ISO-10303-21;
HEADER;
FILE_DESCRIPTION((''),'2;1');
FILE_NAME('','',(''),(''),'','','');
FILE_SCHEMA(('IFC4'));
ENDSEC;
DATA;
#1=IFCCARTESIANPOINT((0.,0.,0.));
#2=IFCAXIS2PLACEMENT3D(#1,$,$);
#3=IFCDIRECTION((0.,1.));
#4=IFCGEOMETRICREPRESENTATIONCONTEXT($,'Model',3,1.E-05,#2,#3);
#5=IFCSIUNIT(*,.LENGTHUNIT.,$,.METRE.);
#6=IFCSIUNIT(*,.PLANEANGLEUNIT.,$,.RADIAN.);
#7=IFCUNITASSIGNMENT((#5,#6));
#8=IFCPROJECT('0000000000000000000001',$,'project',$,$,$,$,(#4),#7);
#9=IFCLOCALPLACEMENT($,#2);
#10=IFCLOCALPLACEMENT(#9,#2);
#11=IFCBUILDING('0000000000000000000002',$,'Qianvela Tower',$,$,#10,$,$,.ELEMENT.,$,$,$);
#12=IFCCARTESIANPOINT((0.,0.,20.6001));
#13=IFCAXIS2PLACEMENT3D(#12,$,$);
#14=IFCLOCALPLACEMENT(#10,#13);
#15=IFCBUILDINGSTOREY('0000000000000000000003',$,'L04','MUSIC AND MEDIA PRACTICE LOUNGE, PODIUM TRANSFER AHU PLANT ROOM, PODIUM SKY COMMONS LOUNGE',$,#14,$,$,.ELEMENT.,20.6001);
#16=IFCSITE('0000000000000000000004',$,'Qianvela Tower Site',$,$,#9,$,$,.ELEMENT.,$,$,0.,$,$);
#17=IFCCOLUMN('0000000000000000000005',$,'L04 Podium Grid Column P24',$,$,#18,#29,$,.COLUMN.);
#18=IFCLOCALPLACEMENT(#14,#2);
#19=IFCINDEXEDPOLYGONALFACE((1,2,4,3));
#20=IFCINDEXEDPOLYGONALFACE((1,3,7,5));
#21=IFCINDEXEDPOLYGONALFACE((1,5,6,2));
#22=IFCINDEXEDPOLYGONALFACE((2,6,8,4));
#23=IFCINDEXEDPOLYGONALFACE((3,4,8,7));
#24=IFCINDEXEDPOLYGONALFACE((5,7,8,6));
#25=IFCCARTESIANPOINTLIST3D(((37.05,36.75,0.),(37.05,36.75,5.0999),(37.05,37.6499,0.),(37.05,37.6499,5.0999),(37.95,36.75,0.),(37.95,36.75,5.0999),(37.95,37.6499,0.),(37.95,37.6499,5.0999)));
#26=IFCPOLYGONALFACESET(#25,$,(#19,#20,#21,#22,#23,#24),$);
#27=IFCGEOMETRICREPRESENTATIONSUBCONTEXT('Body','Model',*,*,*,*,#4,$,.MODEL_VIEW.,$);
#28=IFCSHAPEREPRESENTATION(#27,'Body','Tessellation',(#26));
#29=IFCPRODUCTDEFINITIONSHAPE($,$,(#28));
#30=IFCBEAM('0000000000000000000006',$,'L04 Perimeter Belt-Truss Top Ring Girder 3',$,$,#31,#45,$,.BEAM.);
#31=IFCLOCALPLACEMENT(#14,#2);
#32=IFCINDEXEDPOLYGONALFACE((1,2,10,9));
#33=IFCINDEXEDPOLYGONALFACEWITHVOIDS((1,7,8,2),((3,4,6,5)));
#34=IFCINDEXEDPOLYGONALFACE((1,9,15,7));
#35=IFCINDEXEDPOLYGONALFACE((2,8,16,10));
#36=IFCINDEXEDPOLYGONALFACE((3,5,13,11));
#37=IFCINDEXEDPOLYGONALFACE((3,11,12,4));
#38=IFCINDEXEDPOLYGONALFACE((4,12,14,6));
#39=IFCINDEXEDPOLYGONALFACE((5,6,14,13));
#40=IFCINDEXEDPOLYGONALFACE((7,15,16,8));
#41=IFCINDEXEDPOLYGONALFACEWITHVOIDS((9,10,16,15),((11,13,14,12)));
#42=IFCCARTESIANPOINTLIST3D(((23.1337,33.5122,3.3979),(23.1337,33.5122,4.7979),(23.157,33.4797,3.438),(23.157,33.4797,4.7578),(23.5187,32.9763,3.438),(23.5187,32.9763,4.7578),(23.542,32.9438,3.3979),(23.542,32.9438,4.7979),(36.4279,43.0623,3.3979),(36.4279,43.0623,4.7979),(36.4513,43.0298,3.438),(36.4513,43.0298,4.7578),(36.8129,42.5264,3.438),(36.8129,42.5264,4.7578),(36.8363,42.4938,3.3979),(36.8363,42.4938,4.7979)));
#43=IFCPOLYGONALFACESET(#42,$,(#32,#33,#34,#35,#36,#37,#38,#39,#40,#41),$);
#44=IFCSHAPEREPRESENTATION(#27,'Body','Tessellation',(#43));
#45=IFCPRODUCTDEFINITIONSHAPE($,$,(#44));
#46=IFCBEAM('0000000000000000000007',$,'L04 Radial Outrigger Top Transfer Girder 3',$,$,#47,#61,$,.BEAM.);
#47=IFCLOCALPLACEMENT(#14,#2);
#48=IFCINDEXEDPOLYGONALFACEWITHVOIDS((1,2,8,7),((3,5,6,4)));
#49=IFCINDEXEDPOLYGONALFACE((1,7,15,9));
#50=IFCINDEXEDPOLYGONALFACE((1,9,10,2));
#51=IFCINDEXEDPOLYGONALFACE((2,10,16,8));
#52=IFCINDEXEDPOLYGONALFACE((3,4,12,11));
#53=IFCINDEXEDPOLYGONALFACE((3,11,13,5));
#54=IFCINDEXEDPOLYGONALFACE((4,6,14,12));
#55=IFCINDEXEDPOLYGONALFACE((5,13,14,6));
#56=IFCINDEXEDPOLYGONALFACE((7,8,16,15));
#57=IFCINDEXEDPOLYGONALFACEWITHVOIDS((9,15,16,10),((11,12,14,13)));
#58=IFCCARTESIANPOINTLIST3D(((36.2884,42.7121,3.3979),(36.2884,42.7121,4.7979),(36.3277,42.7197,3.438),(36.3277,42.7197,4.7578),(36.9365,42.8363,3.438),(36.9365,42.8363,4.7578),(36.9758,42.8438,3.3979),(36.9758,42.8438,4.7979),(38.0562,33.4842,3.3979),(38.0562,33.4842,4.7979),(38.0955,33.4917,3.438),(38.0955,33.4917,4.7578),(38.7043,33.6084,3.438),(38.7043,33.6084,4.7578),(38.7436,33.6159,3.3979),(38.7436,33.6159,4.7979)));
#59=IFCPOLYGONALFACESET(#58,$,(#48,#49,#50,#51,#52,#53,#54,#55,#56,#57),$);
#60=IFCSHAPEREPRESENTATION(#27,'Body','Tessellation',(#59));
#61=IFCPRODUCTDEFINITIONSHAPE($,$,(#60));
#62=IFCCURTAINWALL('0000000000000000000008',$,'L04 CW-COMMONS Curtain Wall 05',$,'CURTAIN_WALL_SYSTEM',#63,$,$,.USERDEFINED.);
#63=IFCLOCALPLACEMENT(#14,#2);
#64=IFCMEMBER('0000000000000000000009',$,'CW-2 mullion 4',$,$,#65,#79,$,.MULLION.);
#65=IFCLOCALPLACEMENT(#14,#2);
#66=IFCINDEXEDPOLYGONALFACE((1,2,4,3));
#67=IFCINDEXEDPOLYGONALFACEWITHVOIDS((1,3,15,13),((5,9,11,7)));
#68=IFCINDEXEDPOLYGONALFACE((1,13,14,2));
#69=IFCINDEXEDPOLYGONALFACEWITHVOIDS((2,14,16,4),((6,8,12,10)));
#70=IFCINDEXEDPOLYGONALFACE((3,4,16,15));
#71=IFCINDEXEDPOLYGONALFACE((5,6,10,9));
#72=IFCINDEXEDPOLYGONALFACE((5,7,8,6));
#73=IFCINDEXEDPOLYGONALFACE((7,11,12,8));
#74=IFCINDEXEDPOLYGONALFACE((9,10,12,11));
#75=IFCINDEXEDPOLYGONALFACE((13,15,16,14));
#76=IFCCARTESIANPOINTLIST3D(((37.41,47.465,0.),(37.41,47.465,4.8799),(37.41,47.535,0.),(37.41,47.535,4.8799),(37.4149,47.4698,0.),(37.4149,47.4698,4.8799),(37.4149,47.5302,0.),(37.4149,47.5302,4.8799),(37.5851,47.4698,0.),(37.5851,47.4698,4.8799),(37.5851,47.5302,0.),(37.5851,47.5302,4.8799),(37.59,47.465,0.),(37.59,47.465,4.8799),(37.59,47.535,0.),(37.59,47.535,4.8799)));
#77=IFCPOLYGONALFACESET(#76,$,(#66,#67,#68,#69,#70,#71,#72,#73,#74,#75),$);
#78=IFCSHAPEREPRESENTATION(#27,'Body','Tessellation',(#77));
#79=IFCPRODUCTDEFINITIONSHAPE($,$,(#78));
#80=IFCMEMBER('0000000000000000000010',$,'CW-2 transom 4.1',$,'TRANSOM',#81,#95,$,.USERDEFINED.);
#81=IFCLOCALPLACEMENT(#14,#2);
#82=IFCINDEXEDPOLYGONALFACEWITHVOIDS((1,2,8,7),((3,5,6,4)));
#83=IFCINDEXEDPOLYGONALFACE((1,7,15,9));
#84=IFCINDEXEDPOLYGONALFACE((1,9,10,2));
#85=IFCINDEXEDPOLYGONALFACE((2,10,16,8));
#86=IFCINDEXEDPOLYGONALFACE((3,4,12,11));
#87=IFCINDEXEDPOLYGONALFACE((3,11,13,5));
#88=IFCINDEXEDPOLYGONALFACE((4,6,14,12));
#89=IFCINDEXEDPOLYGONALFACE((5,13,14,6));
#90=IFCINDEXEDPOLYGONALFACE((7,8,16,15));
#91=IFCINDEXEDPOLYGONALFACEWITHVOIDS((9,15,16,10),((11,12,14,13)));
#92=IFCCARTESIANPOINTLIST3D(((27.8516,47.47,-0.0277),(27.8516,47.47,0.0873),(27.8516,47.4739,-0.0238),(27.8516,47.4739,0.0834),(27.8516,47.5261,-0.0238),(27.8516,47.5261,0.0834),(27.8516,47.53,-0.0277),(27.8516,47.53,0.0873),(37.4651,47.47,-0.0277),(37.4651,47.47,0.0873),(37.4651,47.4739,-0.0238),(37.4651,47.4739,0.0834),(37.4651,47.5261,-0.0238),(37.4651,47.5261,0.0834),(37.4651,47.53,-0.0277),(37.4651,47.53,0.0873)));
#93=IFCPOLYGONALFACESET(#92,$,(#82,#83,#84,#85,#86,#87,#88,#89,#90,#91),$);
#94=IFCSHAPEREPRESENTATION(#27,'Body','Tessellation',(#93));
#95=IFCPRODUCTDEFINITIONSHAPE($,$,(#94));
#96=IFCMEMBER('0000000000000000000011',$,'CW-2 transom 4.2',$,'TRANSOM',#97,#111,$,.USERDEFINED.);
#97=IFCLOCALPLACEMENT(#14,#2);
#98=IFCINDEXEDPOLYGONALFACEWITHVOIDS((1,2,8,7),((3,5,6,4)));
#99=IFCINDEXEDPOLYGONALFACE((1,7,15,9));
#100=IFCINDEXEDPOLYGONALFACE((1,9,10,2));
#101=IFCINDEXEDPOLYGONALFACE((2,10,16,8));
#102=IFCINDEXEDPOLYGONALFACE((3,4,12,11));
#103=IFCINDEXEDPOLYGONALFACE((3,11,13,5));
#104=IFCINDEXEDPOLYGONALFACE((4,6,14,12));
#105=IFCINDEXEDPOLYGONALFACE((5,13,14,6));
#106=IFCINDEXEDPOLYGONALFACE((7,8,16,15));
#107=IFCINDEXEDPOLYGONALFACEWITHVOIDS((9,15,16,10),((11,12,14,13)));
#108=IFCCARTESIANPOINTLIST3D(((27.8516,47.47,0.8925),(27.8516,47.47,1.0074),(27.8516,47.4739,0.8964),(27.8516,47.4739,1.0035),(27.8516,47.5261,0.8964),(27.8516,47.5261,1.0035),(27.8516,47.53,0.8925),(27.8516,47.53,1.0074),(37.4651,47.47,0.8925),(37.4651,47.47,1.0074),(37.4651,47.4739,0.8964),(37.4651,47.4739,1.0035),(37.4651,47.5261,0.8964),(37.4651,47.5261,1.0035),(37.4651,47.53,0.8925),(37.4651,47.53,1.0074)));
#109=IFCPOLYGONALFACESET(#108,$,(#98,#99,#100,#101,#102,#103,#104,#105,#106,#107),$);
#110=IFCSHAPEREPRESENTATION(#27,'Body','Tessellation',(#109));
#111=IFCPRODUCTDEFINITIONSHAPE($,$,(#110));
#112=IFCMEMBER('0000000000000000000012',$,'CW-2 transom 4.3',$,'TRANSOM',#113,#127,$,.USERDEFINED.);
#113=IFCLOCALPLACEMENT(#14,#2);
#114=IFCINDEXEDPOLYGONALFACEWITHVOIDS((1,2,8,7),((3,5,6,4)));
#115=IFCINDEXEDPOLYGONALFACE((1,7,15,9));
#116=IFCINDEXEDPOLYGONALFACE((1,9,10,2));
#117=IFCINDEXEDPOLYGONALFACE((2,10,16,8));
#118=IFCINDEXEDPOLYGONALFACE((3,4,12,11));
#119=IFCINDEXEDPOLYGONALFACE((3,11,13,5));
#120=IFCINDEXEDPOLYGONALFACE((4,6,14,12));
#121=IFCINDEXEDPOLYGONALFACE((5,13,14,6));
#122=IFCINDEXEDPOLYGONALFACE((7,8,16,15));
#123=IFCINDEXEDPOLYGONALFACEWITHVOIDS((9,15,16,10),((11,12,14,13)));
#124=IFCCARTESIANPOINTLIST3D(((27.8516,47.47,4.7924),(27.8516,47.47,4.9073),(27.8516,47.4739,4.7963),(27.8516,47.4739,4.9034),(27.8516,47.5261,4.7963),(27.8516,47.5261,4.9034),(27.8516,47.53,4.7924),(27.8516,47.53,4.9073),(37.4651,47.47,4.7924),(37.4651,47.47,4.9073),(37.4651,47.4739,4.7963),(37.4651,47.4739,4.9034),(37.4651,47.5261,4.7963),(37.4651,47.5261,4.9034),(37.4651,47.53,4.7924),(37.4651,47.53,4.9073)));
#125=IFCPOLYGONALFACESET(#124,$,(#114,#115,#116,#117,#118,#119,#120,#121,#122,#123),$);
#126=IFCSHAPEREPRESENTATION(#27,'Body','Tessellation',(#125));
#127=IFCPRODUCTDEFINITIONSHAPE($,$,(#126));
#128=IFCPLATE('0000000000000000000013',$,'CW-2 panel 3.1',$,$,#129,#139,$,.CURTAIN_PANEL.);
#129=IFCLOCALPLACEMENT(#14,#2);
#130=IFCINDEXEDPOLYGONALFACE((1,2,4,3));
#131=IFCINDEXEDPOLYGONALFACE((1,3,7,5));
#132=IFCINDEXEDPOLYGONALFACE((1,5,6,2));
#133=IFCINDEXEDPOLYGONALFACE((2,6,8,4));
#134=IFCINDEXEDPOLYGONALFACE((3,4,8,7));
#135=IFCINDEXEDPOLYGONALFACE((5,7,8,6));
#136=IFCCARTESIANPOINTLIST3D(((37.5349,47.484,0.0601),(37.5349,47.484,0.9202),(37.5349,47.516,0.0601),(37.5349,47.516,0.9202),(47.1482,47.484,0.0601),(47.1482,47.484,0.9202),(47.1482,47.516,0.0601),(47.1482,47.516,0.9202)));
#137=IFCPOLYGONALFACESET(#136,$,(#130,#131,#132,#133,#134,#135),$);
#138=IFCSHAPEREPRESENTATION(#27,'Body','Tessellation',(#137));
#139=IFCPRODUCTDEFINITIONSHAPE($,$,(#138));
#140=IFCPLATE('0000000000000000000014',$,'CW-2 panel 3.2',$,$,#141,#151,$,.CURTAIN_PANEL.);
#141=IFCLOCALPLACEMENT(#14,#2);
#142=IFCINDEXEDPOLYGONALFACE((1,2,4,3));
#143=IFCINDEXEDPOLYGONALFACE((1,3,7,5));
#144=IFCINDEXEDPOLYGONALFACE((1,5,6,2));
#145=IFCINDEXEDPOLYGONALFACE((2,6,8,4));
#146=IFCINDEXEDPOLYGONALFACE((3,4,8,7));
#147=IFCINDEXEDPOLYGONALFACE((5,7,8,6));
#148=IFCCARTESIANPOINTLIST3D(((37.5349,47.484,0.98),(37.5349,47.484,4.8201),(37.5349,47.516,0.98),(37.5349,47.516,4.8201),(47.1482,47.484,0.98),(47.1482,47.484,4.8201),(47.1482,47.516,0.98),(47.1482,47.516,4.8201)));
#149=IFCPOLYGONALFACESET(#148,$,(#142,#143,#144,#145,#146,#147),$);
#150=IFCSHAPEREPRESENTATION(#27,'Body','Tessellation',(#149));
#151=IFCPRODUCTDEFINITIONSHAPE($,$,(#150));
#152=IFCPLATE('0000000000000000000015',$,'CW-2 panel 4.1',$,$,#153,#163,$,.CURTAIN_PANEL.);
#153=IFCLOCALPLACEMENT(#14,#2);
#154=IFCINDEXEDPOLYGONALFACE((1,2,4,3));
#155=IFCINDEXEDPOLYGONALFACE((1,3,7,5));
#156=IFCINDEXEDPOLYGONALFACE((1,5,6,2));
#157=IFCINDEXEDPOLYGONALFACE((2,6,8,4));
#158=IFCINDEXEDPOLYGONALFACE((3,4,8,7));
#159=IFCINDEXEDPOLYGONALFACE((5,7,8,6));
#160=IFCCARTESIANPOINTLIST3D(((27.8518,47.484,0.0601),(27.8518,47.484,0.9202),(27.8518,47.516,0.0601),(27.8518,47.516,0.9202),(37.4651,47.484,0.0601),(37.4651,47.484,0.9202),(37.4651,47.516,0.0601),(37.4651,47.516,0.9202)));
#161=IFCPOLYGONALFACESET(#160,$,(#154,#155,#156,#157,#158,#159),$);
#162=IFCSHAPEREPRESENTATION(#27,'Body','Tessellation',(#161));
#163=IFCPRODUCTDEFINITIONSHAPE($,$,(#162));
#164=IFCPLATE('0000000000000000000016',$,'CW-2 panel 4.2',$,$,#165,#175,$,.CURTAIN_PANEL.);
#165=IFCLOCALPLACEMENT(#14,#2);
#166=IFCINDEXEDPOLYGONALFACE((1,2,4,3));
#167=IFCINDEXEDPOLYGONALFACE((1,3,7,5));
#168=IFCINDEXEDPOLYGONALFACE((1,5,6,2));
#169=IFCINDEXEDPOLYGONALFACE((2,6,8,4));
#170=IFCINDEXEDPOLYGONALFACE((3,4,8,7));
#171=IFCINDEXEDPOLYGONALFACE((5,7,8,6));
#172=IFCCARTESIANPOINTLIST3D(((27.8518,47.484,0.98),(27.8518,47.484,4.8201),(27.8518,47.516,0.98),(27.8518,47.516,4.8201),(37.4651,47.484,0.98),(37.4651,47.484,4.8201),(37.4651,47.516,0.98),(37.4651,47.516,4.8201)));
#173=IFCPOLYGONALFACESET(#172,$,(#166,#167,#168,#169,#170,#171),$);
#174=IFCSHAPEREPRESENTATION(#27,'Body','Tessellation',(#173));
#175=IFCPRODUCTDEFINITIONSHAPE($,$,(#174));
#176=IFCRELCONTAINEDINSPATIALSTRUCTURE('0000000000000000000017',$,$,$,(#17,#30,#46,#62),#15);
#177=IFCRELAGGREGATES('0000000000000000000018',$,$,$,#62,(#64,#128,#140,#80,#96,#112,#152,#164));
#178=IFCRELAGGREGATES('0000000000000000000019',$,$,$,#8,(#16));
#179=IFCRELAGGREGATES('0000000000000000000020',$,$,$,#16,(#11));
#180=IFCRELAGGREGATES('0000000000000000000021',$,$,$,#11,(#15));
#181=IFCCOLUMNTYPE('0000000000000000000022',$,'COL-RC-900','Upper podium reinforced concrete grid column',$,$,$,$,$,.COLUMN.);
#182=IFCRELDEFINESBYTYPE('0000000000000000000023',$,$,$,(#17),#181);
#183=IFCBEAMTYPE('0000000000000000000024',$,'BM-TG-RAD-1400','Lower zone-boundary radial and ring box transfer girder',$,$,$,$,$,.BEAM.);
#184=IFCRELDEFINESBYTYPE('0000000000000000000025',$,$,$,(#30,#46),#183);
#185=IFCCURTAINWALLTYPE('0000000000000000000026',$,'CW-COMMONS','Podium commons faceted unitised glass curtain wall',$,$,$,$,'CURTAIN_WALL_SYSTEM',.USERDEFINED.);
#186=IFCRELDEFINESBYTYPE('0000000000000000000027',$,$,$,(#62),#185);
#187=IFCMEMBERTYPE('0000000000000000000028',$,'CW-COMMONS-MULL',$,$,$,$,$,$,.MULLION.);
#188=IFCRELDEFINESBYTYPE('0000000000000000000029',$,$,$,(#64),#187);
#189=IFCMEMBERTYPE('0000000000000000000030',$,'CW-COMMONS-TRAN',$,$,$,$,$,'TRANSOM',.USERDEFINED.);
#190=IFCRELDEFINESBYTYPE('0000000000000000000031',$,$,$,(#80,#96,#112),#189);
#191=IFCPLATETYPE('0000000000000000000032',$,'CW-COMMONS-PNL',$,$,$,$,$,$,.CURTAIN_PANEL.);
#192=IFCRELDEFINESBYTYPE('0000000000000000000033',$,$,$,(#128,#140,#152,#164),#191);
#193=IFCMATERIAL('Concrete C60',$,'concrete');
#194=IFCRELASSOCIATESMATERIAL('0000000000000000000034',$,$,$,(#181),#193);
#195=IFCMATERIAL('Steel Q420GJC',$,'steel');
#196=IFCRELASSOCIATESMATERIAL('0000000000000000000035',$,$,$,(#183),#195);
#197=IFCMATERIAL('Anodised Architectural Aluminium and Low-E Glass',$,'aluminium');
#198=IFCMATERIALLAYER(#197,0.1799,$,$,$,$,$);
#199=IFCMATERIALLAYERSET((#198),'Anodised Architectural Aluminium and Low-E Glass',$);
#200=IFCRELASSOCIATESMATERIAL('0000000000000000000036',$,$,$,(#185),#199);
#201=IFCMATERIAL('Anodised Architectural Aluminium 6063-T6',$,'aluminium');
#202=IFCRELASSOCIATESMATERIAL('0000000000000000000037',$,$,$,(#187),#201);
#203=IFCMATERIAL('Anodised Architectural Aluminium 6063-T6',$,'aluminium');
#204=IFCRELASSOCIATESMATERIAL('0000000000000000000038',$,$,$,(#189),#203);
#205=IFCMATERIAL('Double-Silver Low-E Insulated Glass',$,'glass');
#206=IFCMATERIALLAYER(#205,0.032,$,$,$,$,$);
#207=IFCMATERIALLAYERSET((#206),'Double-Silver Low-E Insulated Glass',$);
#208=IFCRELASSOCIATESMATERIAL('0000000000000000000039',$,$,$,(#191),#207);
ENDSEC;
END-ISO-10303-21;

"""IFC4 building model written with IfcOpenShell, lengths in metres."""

from ifc_helpers import new_model, si_unit, direction, frame, origin, origin_2d, place, context, subcontext, project, spatial, rectangle, hollow_rectangle, extrude, material, layer, layer_set, material_profile, profile_set, type_object, element, aggregate, save


model = new_model("IFC4")

# Units and contexts
model_context = context("Model", 3, precision=1e-05, world=origin(), true_north=direction((0.0, 1.0)))
body_context = subcontext(model_context, "Body", "Model", "MODEL_VIEW")
ifc_project = project(units=[si_unit("LENGTHUNIT", "METRE"), si_unit("PLANEANGLEUNIT", "RADIAN")], contexts=[model_context])

# Site, building, storey
site_placement = place(None, origin())
site = spatial("IfcSite", under=ifc_project, at=site_placement, Name="Qianvela Tower Site", CompositionType="ELEMENT", RefElevation=0.0)
building_placement = place(site_placement, origin())
building = spatial("IfcBuilding", under=site, at=building_placement, Name="Qianvela Tower", CompositionType="ELEMENT")
storey_placement = place(building_placement, frame((0.0, 0.0, 20.6001)))
storey = spatial("IfcBuildingStorey", under=building, at=storey_placement, Name="L04", Description="MUSIC AND MEDIA PRACTICE LOUNGE, PODIUM TRANSFER AHU PLANT ROOM, PODIUM SKY COMMONS LOUNGE", CompositionType="ELEMENT", Elevation=20.6001)

# Column
ifc_material_1 = material(Name="Concrete C60", Category="concrete")
ifc_material_profile_1 = material_profile(ifc_material_1, rectangle(XDim=0.8999, YDim=0.8999, at=origin_2d()), Name="RC-COL-900x900")
ifc_profile_set_1 = profile_set([ifc_material_profile_1], Name="Concrete C60")
column_type_1 = type_object("IfcColumnType", Name="COL-RC-900", Description="Upper podium reinforced concrete grid column", PredefinedType="COLUMN", material=ifc_profile_set_1)
for number, where, z_axis, x_axis, name in (
    (1, (37.5, 37.2, 0.0), (0.0, 0.0, 1.0), (1.0, 0.0, 0.0), "L04 Podium Grid Column P24"),
):
    element("IfcColumn", number, at=place(storey_placement, frame(where, z_axis=z_axis, x_axis=x_axis)), inside=storey, type_object=column_type_1, Name=name, PredefinedType="COLUMN", context=body_context, shape_type="SweptSolid", body=[
        extrude(rectangle(XDim=0.8999, YDim=0.8999, at=origin_2d()), origin(), (0.0, 0.0, 1.0), 5.0999),
    ])

# Beams
ifc_material_2 = material(Name="Steel Q420GJC", Category="steel")
ifc_material_profile_2 = material_profile(ifc_material_2, hollow_rectangle(XDim=0.7, YDim=1.3999, WallThickness=0.04, at=origin_2d()), Name="TG-BOX-1400x700x40")
ifc_profile_set_2 = profile_set([ifc_material_profile_2], Name="Steel Q420GJC")
beam_type = type_object("IfcBeamType", Name="BM-TG-RAD-1400", Description="Lower zone-boundary radial and ring box transfer girder", PredefinedType="BEAM", material=ifc_profile_set_2)
beam_1_placement = place(storey_placement, frame((36.6321, 42.7781, 4.0979), z_axis=(-0.812164, -0.583429, 0.0), x_axis=(0.583429, -0.812164, 0.0)))
element("IfcBeam", 2, at=beam_1_placement, inside=storey, type_object=beam_type, Name="L04 Perimeter Belt-Truss Top Ring Girder 3", PredefinedType="BEAM", context=body_context, shape_type="SweptSolid", body=[
    extrude(hollow_rectangle(XDim=0.7, YDim=1.3999, WallThickness=0.04, at=origin_2d()), origin(), (0.0, 0.0, 1.0), 16.3689),
])
beam_2_placement = place(storey_placement, frame((38.3999, 33.55, 4.0979), z_axis=(-0.18815, 0.98214, 0.0), x_axis=(-0.98214, -0.18815, 0.0)))
element("IfcBeam", 3, at=beam_2_placement, inside=storey, type_object=beam_type, Name="L04 Radial Outrigger Top Transfer Girder 3", PredefinedType="BEAM", context=body_context, shape_type="SweptSolid", body=[
    extrude(hollow_rectangle(XDim=0.7, YDim=1.3999, WallThickness=0.04, at=origin_2d()), origin(), (0.0, 0.0, 1.0), 9.3958),
])

# Curtain wall, members, plates
ifc_material_3 = material(Name="Anodised Architectural Aluminium and Low-E Glass", Category="aluminium")
ifc_layer_1 = layer(ifc_material_3, 0.1799)
ifc_layer_set_1 = layer_set([ifc_layer_1], Name="Anodised Architectural Aluminium and Low-E Glass")
curtain_wall_type = type_object("IfcCurtainWallType", Name="CW-COMMONS", Description="Podium commons faceted unitised glass curtain wall", ElementType="CURTAIN_WALL_SYSTEM", PredefinedType="USERDEFINED", material=ifc_layer_set_1)
curtain_wall_placement = place(storey_placement, origin())
curtain_wall = element("IfcCurtainWall", 4, at=curtain_wall_placement, inside=storey, type_object=curtain_wall_type, Name="L04 CW-COMMONS Curtain Wall 05", ObjectType="CURTAIN_WALL_SYSTEM", PredefinedType="USERDEFINED")
ifc_material_4 = material(Name="Anodised Architectural Aluminium 6063-T6", Category="aluminium")
ifc_material_profile_3 = material_profile(ifc_material_4, hollow_rectangle(XDim=0.0701, YDim=0.1799, WallThickness=0.0049, at=origin_2d()), Name="ALU-MULL-70x180")
ifc_profile_set_3 = profile_set([ifc_material_profile_3], Name="Anodised Architectural Aluminium 6063-T6")
member_type_1 = type_object("IfcMemberType", Name="CW-COMMONS-MULL", PredefinedType="MULLION", material=ifc_profile_set_3)
member_1_placement = place(storey_placement, frame((37.5, 47.5, 0.0), z_axis=(0.0, 0.0, 1.0), x_axis=(0.0, -1.0, 0.0)))
member_1 = element("IfcMember", 5, at=member_1_placement, type_object=member_type_1, Name="CW-2 mullion 4", PredefinedType="MULLION", context=body_context, shape_type="SweptSolid", body=[
    extrude(hollow_rectangle(XDim=0.0701, YDim=0.1799, WallThickness=0.0049, at=origin_2d()), origin(), (0.0, 0.0, 1.0), 4.8799),
])
ifc_material_5 = material(Name="Anodised Architectural Aluminium 6063-T6", Category="aluminium")
ifc_material_profile_4 = material_profile(ifc_material_5, hollow_rectangle(XDim=0.0601, YDim=0.115, WallThickness=0.0039, at=origin_2d()), Name="ALU-TRAN-60x115")
ifc_profile_set_4 = profile_set([ifc_material_profile_4], Name="Anodised Architectural Aluminium 6063-T6")
member_type_2 = type_object("IfcMemberType", Name="CW-COMMONS-TRAN", ElementType="TRANSOM", PredefinedType="USERDEFINED", material=ifc_profile_set_4)
member_2_placement = place(storey_placement, frame((37.4651, 47.5, 0.0298), z_axis=(-1.0, 0.0, 0.0), x_axis=(0.0, -1.0, 0.0)))
member_2 = element("IfcMember", 6, at=member_2_placement, type_object=member_type_2, Name="CW-2 transom 4.1", ObjectType="TRANSOM", PredefinedType="USERDEFINED", context=body_context, shape_type="SweptSolid", body=[
    extrude(hollow_rectangle(XDim=0.0601, YDim=0.115, WallThickness=0.0039, at=origin_2d()), origin(), (0.0, 0.0, 1.0), 9.6135),
])
member_3_placement = place(storey_placement, frame((37.4651, 47.5, 0.95), z_axis=(-1.0, 0.0, 0.0), x_axis=(0.0, -1.0, 0.0)))
member_3 = element("IfcMember", 7, at=member_3_placement, type_object=member_type_2, Name="CW-2 transom 4.2", ObjectType="TRANSOM", PredefinedType="USERDEFINED", context=body_context, shape_type="SweptSolid", body=[
    extrude(hollow_rectangle(XDim=0.0601, YDim=0.115, WallThickness=0.0039, at=origin_2d()), origin(), (0.0, 0.0, 1.0), 9.6135),
])
member_4_placement = place(storey_placement, frame((37.4651, 47.5, 4.8499), z_axis=(-1.0, 0.0, 0.0), x_axis=(0.0, -1.0, 0.0)))
member_4 = element("IfcMember", 8, at=member_4_placement, type_object=member_type_2, Name="CW-2 transom 4.3", ObjectType="TRANSOM", PredefinedType="USERDEFINED", context=body_context, shape_type="SweptSolid", body=[
    extrude(hollow_rectangle(XDim=0.0601, YDim=0.115, WallThickness=0.0039, at=origin_2d()), origin(), (0.0, 0.0, 1.0), 9.6135),
])
ifc_material_6 = material(Name="Double-Silver Low-E Insulated Glass", Category="glass")
ifc_layer_2 = layer(ifc_material_6, 0.032)
ifc_layer_set_2 = layer_set([ifc_layer_2], Name="Double-Silver Low-E Insulated Glass")
plate_type_1 = type_object("IfcPlateType", Name="CW-COMMONS-PNL", PredefinedType="CURTAIN_PANEL", material=ifc_layer_set_2)
plate_1_placement = place(storey_placement, frame((42.3416, 47.5, 0.0601), z_axis=(0.0, 0.0, 1.0), x_axis=(-1.0, 0.0, 0.0)))
plate_1 = element("IfcPlate", 9, at=plate_1_placement, type_object=plate_type_1, Name="CW-2 panel 3.1", PredefinedType="CURTAIN_PANEL", context=body_context, shape_type="SweptSolid", body=[
    extrude(rectangle(XDim=9.6133, YDim=0.032, at=origin_2d()), origin(), (0.0, 0.0, 1.0), 0.8601),
])
plate_2_placement = place(storey_placement, frame((42.3416, 47.5, 0.98), z_axis=(0.0, 0.0, 1.0), x_axis=(-1.0, 0.0, 0.0)))
plate_2 = element("IfcPlate", 10, at=plate_2_placement, type_object=plate_type_1, Name="CW-2 panel 3.2", PredefinedType="CURTAIN_PANEL", context=body_context, shape_type="SweptSolid", body=[
    extrude(rectangle(XDim=9.6133, YDim=0.032, at=origin_2d()), origin(), (0.0, 0.0, 1.0), 3.8401),
])
plate_3_placement = place(storey_placement, frame((32.6584, 47.5, 0.0601), z_axis=(0.0, 0.0, 1.0), x_axis=(-1.0, 0.0, 0.0)))
plate_3 = element("IfcPlate", 11, at=plate_3_placement, type_object=plate_type_1, Name="CW-2 panel 4.1", PredefinedType="CURTAIN_PANEL", context=body_context, shape_type="SweptSolid", body=[
    extrude(rectangle(XDim=9.6133, YDim=0.032, at=origin_2d()), origin(), (0.0, 0.0, 1.0), 0.8601),
])
plate_4_placement = place(storey_placement, frame((32.6584, 47.5, 0.98), z_axis=(0.0, 0.0, 1.0), x_axis=(-1.0, 0.0, 0.0)))
plate_4 = element("IfcPlate", 12, at=plate_4_placement, type_object=plate_type_1, Name="CW-2 panel 4.2", PredefinedType="CURTAIN_PANEL", context=body_context, shape_type="SweptSolid", body=[
    extrude(rectangle(XDim=9.6133, YDim=0.032, at=origin_2d()), origin(), (0.0, 0.0, 1.0), 3.8401),
])
aggregate(curtain_wall, [member_1, plate_1, plate_2, member_2, member_3, member_4, plate_3, plate_4])

save(model, "model.ifc")
